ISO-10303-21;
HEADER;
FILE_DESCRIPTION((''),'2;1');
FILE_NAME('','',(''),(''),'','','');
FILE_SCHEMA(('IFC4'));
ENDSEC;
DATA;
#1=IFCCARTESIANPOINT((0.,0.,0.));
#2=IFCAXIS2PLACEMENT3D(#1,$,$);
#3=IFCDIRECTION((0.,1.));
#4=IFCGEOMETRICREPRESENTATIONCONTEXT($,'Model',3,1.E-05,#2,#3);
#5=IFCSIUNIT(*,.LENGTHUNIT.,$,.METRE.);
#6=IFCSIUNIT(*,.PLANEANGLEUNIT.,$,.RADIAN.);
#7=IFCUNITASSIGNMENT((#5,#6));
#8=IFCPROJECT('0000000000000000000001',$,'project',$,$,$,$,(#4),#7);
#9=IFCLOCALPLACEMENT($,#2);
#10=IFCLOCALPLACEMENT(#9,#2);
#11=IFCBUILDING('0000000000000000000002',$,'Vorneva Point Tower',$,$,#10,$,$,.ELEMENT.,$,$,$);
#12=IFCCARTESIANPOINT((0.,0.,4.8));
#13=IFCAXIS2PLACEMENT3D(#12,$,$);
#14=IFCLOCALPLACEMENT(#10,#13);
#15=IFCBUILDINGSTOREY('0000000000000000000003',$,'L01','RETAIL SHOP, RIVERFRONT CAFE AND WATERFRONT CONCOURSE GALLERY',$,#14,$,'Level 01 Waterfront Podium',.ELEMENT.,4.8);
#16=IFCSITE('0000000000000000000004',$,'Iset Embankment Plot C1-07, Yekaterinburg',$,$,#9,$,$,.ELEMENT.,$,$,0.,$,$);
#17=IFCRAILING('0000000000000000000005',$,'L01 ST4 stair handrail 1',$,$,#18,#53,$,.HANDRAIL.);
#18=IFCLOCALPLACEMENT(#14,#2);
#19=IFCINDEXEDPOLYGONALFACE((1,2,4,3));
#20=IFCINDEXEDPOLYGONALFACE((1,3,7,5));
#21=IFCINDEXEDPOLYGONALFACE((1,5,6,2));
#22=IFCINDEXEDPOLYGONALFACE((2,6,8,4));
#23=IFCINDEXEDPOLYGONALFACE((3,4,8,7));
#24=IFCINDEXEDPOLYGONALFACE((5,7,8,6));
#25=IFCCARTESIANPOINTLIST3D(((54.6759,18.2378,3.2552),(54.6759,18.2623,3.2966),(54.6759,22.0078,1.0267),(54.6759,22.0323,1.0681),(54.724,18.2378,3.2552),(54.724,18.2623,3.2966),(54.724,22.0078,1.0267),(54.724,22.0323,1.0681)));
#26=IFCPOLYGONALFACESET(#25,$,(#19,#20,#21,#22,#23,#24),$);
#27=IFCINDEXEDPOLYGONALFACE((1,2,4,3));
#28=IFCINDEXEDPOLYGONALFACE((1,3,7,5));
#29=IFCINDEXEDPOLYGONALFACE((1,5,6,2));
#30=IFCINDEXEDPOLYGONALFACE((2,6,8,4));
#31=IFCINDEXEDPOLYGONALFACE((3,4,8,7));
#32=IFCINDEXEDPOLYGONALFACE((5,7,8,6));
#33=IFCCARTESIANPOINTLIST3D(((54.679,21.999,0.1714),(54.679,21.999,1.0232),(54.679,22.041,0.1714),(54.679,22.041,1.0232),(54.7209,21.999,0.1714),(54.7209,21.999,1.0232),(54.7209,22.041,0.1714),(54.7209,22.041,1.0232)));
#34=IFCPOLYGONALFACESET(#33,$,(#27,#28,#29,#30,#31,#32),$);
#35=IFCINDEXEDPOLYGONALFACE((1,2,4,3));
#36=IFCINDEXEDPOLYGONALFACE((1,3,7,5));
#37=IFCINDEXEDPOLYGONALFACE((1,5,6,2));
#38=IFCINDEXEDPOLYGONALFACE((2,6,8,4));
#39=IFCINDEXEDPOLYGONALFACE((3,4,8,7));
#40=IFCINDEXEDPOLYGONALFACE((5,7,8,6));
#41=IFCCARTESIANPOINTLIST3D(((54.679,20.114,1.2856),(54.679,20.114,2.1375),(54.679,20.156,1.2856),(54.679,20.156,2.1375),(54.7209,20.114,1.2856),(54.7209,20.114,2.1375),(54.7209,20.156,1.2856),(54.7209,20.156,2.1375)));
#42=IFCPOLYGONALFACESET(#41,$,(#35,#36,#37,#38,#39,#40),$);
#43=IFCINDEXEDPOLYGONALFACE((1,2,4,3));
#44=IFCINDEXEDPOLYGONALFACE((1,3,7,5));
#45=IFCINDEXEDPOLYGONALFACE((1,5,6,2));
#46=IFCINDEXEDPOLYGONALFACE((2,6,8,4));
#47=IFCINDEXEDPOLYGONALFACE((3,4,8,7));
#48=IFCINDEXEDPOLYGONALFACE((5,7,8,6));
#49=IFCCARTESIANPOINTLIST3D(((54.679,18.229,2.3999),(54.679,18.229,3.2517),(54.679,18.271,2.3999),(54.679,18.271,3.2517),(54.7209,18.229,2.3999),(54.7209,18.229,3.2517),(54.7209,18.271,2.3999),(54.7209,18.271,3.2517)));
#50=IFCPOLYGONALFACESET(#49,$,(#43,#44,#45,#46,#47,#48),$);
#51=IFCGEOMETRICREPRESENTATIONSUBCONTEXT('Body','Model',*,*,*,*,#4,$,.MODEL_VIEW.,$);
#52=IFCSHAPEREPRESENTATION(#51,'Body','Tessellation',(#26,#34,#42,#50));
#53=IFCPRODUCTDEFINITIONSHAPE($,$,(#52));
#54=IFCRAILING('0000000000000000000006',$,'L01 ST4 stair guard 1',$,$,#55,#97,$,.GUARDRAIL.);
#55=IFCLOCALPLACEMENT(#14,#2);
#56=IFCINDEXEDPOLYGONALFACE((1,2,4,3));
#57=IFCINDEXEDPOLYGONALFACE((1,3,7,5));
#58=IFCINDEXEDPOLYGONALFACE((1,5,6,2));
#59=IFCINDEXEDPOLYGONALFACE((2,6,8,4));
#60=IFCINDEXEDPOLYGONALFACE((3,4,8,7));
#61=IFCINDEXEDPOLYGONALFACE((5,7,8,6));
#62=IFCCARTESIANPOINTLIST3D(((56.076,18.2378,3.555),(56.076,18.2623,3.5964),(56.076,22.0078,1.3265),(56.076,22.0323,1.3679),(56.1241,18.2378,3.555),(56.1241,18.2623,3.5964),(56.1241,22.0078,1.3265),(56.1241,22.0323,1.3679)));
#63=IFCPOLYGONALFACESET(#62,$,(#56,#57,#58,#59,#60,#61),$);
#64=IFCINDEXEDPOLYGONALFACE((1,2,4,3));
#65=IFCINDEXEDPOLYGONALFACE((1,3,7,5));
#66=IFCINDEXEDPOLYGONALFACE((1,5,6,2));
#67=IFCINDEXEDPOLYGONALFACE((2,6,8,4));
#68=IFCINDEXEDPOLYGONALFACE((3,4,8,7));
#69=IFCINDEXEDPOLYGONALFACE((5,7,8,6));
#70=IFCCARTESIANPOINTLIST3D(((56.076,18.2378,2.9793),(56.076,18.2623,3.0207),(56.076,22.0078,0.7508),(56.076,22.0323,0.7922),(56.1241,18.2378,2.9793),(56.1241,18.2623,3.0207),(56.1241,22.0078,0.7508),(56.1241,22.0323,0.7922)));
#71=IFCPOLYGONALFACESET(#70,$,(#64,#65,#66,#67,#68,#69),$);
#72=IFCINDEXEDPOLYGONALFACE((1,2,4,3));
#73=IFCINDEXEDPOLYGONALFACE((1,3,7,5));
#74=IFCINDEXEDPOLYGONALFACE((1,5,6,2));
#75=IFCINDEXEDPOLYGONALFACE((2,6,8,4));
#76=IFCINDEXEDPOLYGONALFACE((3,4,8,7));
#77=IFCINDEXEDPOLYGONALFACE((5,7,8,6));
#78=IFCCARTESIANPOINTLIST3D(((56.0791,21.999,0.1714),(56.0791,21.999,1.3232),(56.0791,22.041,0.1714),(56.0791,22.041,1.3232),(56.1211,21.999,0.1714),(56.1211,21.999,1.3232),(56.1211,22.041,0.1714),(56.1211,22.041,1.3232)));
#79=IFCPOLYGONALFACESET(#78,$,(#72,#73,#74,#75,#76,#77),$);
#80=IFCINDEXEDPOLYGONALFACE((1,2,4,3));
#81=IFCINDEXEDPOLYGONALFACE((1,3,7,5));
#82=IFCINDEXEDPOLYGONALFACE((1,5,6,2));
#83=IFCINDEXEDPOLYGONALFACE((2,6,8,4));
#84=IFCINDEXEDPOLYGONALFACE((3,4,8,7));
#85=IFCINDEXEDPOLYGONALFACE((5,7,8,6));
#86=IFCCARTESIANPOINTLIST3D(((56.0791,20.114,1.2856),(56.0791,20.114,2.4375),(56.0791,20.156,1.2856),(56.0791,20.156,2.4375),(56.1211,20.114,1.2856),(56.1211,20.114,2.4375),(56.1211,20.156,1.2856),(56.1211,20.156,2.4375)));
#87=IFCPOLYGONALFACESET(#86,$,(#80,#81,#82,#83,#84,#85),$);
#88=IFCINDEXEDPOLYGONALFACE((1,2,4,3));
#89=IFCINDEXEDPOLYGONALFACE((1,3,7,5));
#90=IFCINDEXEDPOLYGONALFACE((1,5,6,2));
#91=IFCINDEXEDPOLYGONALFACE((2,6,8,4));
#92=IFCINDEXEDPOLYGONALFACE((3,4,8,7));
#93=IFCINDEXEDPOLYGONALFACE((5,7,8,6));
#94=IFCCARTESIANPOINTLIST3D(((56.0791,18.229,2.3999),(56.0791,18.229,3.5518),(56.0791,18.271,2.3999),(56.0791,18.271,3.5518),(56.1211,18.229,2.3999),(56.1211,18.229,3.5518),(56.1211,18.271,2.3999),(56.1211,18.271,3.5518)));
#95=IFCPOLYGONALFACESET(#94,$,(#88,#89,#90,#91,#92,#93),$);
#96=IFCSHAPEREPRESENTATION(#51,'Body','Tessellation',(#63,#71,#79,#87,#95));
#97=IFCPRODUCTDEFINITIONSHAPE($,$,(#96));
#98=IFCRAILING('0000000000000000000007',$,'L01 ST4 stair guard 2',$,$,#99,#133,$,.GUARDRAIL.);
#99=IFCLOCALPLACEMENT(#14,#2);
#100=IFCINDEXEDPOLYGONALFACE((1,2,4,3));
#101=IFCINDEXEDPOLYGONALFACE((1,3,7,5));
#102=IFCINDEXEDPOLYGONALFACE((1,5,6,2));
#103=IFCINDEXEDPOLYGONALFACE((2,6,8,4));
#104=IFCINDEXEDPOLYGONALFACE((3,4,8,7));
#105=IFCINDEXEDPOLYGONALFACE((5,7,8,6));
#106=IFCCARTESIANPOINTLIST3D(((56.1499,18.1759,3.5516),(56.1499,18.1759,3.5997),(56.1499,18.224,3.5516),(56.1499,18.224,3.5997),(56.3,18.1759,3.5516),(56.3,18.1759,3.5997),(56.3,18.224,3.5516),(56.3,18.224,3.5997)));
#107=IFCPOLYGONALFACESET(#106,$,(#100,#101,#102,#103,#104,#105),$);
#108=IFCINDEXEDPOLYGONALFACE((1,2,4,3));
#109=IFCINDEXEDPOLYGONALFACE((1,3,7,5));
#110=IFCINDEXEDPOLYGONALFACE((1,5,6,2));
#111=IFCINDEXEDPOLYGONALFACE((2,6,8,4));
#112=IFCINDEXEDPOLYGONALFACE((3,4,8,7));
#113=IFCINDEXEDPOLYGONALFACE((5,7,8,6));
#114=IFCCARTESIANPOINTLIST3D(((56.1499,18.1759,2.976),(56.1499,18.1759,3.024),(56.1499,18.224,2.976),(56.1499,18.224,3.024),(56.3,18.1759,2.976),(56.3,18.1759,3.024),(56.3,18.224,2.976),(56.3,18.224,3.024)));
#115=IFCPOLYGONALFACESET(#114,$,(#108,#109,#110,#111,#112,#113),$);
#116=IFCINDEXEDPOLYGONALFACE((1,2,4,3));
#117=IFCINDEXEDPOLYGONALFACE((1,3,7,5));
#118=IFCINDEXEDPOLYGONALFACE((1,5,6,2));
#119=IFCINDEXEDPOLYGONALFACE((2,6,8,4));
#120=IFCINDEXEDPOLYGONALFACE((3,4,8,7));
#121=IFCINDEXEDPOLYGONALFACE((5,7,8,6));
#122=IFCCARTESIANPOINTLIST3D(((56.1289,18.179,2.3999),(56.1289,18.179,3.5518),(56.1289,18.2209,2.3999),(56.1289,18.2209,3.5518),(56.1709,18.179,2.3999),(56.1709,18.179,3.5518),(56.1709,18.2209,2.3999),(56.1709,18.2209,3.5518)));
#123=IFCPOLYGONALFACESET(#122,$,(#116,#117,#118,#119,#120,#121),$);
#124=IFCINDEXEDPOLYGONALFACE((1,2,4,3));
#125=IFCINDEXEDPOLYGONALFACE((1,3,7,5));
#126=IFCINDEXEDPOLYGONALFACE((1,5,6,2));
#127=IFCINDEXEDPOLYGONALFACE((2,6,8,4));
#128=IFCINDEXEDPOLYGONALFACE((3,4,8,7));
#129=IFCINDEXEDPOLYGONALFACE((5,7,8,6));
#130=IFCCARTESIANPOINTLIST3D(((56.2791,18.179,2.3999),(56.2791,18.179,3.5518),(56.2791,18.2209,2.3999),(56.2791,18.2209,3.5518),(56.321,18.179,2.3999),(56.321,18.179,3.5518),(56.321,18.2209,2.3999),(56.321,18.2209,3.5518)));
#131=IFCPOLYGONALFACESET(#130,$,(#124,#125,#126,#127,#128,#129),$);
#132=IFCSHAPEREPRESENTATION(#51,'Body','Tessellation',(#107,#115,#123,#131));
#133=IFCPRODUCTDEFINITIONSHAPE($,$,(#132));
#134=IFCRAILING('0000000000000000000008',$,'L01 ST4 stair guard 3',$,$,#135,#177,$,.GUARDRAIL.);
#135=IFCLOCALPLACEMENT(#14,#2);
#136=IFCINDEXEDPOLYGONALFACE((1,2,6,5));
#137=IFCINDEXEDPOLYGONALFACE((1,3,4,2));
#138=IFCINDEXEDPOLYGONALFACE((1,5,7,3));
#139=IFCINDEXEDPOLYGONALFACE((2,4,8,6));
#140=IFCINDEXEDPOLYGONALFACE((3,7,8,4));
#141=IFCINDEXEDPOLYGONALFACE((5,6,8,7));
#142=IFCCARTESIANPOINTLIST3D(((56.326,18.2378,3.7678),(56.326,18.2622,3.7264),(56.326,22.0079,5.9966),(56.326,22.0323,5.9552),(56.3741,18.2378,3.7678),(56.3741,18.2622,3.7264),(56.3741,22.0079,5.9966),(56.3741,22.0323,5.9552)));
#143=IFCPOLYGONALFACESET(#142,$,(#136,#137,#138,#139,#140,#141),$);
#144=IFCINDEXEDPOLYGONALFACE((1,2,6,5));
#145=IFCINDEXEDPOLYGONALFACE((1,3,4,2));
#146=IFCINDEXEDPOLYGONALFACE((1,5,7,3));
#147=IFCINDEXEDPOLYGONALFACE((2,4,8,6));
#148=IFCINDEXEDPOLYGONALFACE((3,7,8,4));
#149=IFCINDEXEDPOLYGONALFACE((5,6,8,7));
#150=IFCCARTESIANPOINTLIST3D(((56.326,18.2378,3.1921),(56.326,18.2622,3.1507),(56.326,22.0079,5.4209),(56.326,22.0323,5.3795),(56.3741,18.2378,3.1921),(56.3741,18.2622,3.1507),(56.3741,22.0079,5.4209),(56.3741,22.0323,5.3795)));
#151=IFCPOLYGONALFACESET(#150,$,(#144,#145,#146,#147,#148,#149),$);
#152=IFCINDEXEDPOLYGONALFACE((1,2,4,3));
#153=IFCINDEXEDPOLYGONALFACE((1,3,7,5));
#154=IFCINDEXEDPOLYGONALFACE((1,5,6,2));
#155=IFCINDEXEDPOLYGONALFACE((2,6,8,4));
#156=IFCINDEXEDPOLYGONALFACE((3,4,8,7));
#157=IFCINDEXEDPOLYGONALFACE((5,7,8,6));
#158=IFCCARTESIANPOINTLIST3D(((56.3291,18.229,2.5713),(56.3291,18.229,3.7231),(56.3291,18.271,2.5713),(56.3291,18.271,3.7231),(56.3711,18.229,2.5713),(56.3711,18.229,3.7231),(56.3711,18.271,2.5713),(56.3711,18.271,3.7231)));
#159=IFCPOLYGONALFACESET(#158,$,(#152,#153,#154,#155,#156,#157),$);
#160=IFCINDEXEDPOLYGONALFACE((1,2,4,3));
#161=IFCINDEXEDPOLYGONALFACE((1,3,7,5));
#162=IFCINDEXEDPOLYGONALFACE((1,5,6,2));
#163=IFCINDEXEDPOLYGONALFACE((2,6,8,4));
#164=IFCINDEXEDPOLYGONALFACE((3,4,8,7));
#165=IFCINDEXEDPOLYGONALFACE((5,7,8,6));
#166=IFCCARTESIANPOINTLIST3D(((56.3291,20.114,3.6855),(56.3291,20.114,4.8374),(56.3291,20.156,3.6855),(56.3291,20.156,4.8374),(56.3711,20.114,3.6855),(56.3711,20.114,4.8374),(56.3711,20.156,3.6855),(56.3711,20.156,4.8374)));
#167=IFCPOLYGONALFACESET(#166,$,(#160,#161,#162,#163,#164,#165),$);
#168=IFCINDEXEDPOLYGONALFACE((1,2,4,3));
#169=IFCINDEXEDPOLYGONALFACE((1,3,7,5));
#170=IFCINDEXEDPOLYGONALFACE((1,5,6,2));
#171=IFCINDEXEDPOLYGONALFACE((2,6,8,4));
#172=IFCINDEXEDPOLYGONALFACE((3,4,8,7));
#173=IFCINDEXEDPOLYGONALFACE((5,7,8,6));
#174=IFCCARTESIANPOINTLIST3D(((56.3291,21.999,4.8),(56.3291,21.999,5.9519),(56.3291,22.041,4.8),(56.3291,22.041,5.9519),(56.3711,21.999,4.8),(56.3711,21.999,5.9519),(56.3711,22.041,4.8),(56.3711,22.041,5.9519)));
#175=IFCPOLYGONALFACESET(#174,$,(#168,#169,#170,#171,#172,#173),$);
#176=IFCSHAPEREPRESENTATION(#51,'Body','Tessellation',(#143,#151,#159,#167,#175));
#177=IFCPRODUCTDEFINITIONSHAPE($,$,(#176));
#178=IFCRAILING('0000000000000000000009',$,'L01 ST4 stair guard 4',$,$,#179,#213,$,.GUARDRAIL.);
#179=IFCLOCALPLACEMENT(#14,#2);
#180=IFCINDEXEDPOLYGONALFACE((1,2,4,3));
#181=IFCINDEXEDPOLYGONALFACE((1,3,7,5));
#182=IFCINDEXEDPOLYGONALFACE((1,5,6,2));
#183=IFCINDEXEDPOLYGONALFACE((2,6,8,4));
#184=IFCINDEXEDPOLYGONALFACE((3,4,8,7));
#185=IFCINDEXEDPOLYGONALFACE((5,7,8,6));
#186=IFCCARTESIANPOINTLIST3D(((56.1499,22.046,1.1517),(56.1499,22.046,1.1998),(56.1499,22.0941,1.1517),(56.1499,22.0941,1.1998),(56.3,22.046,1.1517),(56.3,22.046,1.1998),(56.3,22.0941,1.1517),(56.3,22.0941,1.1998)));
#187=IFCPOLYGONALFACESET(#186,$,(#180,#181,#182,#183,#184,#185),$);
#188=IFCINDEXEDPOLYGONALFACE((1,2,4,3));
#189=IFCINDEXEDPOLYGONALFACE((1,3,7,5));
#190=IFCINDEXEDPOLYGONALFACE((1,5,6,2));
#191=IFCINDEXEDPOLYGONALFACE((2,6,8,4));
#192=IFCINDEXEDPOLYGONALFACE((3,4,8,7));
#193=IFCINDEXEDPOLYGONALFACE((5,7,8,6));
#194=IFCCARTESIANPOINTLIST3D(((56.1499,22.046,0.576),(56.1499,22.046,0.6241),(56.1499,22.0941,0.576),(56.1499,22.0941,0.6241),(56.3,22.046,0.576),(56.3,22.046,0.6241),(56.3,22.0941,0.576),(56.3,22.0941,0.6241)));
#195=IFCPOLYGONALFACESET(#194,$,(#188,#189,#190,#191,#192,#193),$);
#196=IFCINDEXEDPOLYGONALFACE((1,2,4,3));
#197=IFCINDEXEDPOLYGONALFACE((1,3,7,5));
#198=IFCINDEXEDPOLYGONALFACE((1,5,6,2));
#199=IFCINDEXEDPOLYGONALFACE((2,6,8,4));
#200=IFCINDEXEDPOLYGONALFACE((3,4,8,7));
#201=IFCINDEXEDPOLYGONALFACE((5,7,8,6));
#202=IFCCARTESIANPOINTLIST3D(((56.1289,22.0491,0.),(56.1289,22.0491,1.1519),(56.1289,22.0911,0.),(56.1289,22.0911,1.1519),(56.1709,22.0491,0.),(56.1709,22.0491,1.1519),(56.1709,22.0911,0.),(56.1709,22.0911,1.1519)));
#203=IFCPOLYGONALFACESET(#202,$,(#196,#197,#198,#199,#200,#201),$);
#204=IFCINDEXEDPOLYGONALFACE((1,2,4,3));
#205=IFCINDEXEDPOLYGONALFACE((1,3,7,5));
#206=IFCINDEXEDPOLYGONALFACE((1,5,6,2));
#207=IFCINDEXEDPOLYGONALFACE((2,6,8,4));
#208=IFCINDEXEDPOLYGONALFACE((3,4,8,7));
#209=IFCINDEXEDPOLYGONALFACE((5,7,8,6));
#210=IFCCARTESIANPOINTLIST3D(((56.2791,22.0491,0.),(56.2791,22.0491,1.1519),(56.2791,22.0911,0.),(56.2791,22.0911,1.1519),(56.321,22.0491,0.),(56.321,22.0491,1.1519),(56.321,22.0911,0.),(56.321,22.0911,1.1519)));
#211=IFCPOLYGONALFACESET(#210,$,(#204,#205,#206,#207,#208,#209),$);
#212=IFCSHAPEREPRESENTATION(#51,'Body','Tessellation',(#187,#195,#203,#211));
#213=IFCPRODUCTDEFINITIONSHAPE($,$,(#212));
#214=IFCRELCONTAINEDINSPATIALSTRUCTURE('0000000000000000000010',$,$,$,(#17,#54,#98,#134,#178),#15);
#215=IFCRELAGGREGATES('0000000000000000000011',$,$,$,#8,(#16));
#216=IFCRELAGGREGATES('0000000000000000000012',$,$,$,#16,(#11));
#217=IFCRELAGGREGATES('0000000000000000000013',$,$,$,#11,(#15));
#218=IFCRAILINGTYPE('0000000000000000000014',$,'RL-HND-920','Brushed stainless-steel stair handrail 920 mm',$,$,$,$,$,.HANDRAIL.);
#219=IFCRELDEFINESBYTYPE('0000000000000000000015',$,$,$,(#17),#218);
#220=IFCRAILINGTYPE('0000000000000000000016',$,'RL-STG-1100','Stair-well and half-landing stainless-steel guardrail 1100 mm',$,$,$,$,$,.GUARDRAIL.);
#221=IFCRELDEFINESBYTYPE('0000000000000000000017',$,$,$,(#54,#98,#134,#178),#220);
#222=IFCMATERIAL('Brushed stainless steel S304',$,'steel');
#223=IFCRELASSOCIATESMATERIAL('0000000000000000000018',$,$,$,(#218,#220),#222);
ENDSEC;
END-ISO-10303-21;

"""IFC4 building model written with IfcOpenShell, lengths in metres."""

from ifc_helpers import new_model, si_unit, direction, frame, origin, origin_2d, place, context, subcontext, project, spatial, rectangle, extrude, material, type_object, element, save


model = new_model("IFC4")

# Units and contexts
model_context = context("Model", 3, precision=1e-05, world=origin(), true_north=direction((0.0, 1.0)))
body_context = subcontext(model_context, "Body", "Model", "MODEL_VIEW")
ifc_project = project(units=[si_unit("LENGTHUNIT", "METRE"), si_unit("PLANEANGLEUNIT", "RADIAN")], contexts=[model_context])

# Site, building, storey
site_placement = place(None, origin())
site = spatial("IfcSite", under=ifc_project, at=site_placement, Name="Iset Embankment Plot C1-07, Yekaterinburg", CompositionType="ELEMENT", RefElevation=0.0)
building_placement = place(site_placement, origin())
building = spatial("IfcBuilding", under=site, at=building_placement, Name="Vorneva Point Tower", CompositionType="ELEMENT")
storey_placement = place(building_placement, frame((0.0, 0.0, 4.8)))
storey = spatial("IfcBuildingStorey", under=building, at=storey_placement, Name="L01", Description="RETAIL SHOP, RIVERFRONT CAFE AND WATERFRONT CONCOURSE GALLERY", LongName="Level 01 Waterfront Podium", CompositionType="ELEMENT", Elevation=4.8)

# Railings
ifc_material_1 = material(Name="Brushed stainless steel S304", Category="steel")
railing_type_1 = type_object("IfcRailingType", Name="RL-HND-920", Description="Brushed stainless-steel stair handrail 920 mm", PredefinedType="HANDRAIL", material=ifc_material_1)
railing_1_placement = place(storey_placement, frame((54.7, 22.02, 0.1714)))
element("IfcRailing", 1, at=railing_1_placement, inside=storey, type_object=railing_type_1, Name="L01 ST4 stair handrail 1", PredefinedType="HANDRAIL", context=body_context, shape_type="SweptSolid", body=[
    extrude(rectangle(XDim=0.0481, YDim=0.0481, at=origin_2d()), frame((0.0, 0.0, 0.876), z_axis=(0.0, -0.860849, 0.508861), x_axis=(1.0, 0.0, 0.0)), (0.0, 0.0, 1.0), 4.3794),
    extrude(rectangle(XDim=0.042, YDim=0.042, at=origin_2d()), origin(), (0.0, 0.0, 1.0), 0.8518),
    extrude(rectangle(XDim=0.042, YDim=0.042, at=origin_2d()), frame((0.0, -1.885, 1.1143)), (0.0, 0.0, 1.0), 0.8518),
    extrude(rectangle(XDim=0.042, YDim=0.042, at=origin_2d()), frame((0.0, -3.77, 2.2285)), (0.0, 0.0, 1.0), 0.8518),
])
railing_type_2 = type_object("IfcRailingType", Name="RL-STG-1100", Description="Stair-well and half-landing stainless-steel guardrail 1100 mm", PredefinedType="GUARDRAIL", material=ifc_material_1)
railing_2_placement = place(storey_placement, frame((56.1001, 22.02, 0.1714)))
element("IfcRailing", 2, at=railing_2_placement, inside=storey, type_object=railing_type_2, Name="L01 ST4 stair guard 1", PredefinedType="GUARDRAIL", context=body_context, shape_type="SweptSolid", body=[
    extrude(rectangle(XDim=0.0481, YDim=0.0481, at=origin_2d()), frame((0.0, 0.0, 1.1758), z_axis=(0.0, -0.860849, 0.508861), x_axis=(1.0, 0.0, 0.0)), (0.0, 0.0, 1.0), 4.3794),
    extrude(rectangle(XDim=0.0481, YDim=0.0481, at=origin_2d()), frame((0.0, 0.0, 0.6001), z_axis=(0.0, -0.860849, 0.508861), x_axis=(1.0, 0.0, 0.0)), (0.0, 0.0, 1.0), 4.3794),
    extrude(rectangle(XDim=0.042, YDim=0.042, at=origin_2d()), origin(), (0.0, 0.0, 1.0), 1.1519),
    extrude(rectangle(XDim=0.042, YDim=0.042, at=origin_2d()), frame((0.0, -1.885, 1.1143)), (0.0, 0.0, 1.0), 1.1519),
    extrude(rectangle(XDim=0.042, YDim=0.042, at=origin_2d()), frame((0.0, -3.77, 2.2285)), (0.0, 0.0, 1.0), 1.1519),
])
railing_3_placement = place(storey_placement, frame((56.1499, 18.2, 2.3999)))
element("IfcRailing", 3, at=railing_3_placement, inside=storey, type_object=railing_type_2, Name="L01 ST4 stair guard 2", PredefinedType="GUARDRAIL", context=body_context, shape_type="SweptSolid", body=[
    extrude(rectangle(XDim=0.0481, YDim=0.0481, at=origin_2d()), frame((0.0, 0.0, 1.1758), z_axis=(1.0, 0.0, 0.0), x_axis=(0.0, 1.0, 0.0)), (0.0, 0.0, 1.0), 0.1501),
    extrude(rectangle(XDim=0.0481, YDim=0.0481, at=origin_2d()), frame((0.0, 0.0, 0.6001), z_axis=(1.0, 0.0, 0.0), x_axis=(0.0, 1.0, 0.0)), (0.0, 0.0, 1.0), 0.1501),
    extrude(rectangle(XDim=0.042, YDim=0.042, at=origin_2d()), origin(), (0.0, 0.0, 1.0), 1.1519),
    extrude(rectangle(XDim=0.042, YDim=0.042, at=origin_2d()), frame((0.1501, 0.0, 0.0)), (0.0, 0.0, 1.0), 1.1519),
])
railing_4_placement = place(storey_placement, frame((56.3501, 18.25, 2.5713)))
element("IfcRailing", 4, at=railing_4_placement, inside=storey, type_object=railing_type_2, Name="L01 ST4 stair guard 3", PredefinedType="GUARDRAIL", context=body_context, shape_type="SweptSolid", body=[
    extrude(rectangle(XDim=0.0481, YDim=0.0481, at=origin_2d()), frame((0.0, 0.0, 1.1758), z_axis=(0.0, 0.860824, 0.508902), x_axis=(-1.0, 0.0, 0.0)), (0.0, 0.0, 1.0), 4.3796),
    extrude(rectangle(XDim=0.0481, YDim=0.0481, at=origin_2d()), frame((0.0, 0.0, 0.6001), z_axis=(0.0, 0.860824, 0.508902), x_axis=(-1.0, 0.0, 0.0)), (0.0, 0.0, 1.0), 4.3796),
    extrude(rectangle(XDim=0.042, YDim=0.042, at=origin_2d()), origin(), (0.0, 0.0, 1.0), 1.1519),
    extrude(rectangle(XDim=0.042, YDim=0.042, at=origin_2d()), frame((0.0, 1.885, 1.1143)), (0.0, 0.0, 1.0), 1.1519),
    extrude(rectangle(XDim=0.042, YDim=0.042, at=origin_2d()), frame((0.0, 3.77, 2.2288)), (0.0, 0.0, 1.0), 1.1519),
])
railing_5_placement = place(storey_placement, frame((56.1499, 22.0701, 0.0)))
element("IfcRailing", 5, at=railing_5_placement, inside=storey, type_object=railing_type_2, Name="L01 ST4 stair guard 4", PredefinedType="GUARDRAIL", context=body_context, shape_type="SweptSolid", body=[
    extrude(rectangle(XDim=0.0481, YDim=0.0481, at=origin_2d()), frame((0.0, 0.0, 1.1758), z_axis=(1.0, 0.0, 0.0), x_axis=(0.0, 1.0, 0.0)), (0.0, 0.0, 1.0), 0.1501),
    extrude(rectangle(XDim=0.0481, YDim=0.0481, at=origin_2d()), frame((0.0, 0.0, 0.6001), z_axis=(1.0, 0.0, 0.0), x_axis=(0.0, 1.0, 0.0)), (0.0, 0.0, 1.0), 0.1501),
    extrude(rectangle(XDim=0.042, YDim=0.042, at=origin_2d()), origin(), (0.0, 0.0, 1.0), 1.1519),
    extrude(rectangle(XDim=0.042, YDim=0.042, at=origin_2d()), frame((0.1501, 0.0, 0.0)), (0.0, 0.0, 1.0), 1.1519),
])

save(model, "model.ifc")
